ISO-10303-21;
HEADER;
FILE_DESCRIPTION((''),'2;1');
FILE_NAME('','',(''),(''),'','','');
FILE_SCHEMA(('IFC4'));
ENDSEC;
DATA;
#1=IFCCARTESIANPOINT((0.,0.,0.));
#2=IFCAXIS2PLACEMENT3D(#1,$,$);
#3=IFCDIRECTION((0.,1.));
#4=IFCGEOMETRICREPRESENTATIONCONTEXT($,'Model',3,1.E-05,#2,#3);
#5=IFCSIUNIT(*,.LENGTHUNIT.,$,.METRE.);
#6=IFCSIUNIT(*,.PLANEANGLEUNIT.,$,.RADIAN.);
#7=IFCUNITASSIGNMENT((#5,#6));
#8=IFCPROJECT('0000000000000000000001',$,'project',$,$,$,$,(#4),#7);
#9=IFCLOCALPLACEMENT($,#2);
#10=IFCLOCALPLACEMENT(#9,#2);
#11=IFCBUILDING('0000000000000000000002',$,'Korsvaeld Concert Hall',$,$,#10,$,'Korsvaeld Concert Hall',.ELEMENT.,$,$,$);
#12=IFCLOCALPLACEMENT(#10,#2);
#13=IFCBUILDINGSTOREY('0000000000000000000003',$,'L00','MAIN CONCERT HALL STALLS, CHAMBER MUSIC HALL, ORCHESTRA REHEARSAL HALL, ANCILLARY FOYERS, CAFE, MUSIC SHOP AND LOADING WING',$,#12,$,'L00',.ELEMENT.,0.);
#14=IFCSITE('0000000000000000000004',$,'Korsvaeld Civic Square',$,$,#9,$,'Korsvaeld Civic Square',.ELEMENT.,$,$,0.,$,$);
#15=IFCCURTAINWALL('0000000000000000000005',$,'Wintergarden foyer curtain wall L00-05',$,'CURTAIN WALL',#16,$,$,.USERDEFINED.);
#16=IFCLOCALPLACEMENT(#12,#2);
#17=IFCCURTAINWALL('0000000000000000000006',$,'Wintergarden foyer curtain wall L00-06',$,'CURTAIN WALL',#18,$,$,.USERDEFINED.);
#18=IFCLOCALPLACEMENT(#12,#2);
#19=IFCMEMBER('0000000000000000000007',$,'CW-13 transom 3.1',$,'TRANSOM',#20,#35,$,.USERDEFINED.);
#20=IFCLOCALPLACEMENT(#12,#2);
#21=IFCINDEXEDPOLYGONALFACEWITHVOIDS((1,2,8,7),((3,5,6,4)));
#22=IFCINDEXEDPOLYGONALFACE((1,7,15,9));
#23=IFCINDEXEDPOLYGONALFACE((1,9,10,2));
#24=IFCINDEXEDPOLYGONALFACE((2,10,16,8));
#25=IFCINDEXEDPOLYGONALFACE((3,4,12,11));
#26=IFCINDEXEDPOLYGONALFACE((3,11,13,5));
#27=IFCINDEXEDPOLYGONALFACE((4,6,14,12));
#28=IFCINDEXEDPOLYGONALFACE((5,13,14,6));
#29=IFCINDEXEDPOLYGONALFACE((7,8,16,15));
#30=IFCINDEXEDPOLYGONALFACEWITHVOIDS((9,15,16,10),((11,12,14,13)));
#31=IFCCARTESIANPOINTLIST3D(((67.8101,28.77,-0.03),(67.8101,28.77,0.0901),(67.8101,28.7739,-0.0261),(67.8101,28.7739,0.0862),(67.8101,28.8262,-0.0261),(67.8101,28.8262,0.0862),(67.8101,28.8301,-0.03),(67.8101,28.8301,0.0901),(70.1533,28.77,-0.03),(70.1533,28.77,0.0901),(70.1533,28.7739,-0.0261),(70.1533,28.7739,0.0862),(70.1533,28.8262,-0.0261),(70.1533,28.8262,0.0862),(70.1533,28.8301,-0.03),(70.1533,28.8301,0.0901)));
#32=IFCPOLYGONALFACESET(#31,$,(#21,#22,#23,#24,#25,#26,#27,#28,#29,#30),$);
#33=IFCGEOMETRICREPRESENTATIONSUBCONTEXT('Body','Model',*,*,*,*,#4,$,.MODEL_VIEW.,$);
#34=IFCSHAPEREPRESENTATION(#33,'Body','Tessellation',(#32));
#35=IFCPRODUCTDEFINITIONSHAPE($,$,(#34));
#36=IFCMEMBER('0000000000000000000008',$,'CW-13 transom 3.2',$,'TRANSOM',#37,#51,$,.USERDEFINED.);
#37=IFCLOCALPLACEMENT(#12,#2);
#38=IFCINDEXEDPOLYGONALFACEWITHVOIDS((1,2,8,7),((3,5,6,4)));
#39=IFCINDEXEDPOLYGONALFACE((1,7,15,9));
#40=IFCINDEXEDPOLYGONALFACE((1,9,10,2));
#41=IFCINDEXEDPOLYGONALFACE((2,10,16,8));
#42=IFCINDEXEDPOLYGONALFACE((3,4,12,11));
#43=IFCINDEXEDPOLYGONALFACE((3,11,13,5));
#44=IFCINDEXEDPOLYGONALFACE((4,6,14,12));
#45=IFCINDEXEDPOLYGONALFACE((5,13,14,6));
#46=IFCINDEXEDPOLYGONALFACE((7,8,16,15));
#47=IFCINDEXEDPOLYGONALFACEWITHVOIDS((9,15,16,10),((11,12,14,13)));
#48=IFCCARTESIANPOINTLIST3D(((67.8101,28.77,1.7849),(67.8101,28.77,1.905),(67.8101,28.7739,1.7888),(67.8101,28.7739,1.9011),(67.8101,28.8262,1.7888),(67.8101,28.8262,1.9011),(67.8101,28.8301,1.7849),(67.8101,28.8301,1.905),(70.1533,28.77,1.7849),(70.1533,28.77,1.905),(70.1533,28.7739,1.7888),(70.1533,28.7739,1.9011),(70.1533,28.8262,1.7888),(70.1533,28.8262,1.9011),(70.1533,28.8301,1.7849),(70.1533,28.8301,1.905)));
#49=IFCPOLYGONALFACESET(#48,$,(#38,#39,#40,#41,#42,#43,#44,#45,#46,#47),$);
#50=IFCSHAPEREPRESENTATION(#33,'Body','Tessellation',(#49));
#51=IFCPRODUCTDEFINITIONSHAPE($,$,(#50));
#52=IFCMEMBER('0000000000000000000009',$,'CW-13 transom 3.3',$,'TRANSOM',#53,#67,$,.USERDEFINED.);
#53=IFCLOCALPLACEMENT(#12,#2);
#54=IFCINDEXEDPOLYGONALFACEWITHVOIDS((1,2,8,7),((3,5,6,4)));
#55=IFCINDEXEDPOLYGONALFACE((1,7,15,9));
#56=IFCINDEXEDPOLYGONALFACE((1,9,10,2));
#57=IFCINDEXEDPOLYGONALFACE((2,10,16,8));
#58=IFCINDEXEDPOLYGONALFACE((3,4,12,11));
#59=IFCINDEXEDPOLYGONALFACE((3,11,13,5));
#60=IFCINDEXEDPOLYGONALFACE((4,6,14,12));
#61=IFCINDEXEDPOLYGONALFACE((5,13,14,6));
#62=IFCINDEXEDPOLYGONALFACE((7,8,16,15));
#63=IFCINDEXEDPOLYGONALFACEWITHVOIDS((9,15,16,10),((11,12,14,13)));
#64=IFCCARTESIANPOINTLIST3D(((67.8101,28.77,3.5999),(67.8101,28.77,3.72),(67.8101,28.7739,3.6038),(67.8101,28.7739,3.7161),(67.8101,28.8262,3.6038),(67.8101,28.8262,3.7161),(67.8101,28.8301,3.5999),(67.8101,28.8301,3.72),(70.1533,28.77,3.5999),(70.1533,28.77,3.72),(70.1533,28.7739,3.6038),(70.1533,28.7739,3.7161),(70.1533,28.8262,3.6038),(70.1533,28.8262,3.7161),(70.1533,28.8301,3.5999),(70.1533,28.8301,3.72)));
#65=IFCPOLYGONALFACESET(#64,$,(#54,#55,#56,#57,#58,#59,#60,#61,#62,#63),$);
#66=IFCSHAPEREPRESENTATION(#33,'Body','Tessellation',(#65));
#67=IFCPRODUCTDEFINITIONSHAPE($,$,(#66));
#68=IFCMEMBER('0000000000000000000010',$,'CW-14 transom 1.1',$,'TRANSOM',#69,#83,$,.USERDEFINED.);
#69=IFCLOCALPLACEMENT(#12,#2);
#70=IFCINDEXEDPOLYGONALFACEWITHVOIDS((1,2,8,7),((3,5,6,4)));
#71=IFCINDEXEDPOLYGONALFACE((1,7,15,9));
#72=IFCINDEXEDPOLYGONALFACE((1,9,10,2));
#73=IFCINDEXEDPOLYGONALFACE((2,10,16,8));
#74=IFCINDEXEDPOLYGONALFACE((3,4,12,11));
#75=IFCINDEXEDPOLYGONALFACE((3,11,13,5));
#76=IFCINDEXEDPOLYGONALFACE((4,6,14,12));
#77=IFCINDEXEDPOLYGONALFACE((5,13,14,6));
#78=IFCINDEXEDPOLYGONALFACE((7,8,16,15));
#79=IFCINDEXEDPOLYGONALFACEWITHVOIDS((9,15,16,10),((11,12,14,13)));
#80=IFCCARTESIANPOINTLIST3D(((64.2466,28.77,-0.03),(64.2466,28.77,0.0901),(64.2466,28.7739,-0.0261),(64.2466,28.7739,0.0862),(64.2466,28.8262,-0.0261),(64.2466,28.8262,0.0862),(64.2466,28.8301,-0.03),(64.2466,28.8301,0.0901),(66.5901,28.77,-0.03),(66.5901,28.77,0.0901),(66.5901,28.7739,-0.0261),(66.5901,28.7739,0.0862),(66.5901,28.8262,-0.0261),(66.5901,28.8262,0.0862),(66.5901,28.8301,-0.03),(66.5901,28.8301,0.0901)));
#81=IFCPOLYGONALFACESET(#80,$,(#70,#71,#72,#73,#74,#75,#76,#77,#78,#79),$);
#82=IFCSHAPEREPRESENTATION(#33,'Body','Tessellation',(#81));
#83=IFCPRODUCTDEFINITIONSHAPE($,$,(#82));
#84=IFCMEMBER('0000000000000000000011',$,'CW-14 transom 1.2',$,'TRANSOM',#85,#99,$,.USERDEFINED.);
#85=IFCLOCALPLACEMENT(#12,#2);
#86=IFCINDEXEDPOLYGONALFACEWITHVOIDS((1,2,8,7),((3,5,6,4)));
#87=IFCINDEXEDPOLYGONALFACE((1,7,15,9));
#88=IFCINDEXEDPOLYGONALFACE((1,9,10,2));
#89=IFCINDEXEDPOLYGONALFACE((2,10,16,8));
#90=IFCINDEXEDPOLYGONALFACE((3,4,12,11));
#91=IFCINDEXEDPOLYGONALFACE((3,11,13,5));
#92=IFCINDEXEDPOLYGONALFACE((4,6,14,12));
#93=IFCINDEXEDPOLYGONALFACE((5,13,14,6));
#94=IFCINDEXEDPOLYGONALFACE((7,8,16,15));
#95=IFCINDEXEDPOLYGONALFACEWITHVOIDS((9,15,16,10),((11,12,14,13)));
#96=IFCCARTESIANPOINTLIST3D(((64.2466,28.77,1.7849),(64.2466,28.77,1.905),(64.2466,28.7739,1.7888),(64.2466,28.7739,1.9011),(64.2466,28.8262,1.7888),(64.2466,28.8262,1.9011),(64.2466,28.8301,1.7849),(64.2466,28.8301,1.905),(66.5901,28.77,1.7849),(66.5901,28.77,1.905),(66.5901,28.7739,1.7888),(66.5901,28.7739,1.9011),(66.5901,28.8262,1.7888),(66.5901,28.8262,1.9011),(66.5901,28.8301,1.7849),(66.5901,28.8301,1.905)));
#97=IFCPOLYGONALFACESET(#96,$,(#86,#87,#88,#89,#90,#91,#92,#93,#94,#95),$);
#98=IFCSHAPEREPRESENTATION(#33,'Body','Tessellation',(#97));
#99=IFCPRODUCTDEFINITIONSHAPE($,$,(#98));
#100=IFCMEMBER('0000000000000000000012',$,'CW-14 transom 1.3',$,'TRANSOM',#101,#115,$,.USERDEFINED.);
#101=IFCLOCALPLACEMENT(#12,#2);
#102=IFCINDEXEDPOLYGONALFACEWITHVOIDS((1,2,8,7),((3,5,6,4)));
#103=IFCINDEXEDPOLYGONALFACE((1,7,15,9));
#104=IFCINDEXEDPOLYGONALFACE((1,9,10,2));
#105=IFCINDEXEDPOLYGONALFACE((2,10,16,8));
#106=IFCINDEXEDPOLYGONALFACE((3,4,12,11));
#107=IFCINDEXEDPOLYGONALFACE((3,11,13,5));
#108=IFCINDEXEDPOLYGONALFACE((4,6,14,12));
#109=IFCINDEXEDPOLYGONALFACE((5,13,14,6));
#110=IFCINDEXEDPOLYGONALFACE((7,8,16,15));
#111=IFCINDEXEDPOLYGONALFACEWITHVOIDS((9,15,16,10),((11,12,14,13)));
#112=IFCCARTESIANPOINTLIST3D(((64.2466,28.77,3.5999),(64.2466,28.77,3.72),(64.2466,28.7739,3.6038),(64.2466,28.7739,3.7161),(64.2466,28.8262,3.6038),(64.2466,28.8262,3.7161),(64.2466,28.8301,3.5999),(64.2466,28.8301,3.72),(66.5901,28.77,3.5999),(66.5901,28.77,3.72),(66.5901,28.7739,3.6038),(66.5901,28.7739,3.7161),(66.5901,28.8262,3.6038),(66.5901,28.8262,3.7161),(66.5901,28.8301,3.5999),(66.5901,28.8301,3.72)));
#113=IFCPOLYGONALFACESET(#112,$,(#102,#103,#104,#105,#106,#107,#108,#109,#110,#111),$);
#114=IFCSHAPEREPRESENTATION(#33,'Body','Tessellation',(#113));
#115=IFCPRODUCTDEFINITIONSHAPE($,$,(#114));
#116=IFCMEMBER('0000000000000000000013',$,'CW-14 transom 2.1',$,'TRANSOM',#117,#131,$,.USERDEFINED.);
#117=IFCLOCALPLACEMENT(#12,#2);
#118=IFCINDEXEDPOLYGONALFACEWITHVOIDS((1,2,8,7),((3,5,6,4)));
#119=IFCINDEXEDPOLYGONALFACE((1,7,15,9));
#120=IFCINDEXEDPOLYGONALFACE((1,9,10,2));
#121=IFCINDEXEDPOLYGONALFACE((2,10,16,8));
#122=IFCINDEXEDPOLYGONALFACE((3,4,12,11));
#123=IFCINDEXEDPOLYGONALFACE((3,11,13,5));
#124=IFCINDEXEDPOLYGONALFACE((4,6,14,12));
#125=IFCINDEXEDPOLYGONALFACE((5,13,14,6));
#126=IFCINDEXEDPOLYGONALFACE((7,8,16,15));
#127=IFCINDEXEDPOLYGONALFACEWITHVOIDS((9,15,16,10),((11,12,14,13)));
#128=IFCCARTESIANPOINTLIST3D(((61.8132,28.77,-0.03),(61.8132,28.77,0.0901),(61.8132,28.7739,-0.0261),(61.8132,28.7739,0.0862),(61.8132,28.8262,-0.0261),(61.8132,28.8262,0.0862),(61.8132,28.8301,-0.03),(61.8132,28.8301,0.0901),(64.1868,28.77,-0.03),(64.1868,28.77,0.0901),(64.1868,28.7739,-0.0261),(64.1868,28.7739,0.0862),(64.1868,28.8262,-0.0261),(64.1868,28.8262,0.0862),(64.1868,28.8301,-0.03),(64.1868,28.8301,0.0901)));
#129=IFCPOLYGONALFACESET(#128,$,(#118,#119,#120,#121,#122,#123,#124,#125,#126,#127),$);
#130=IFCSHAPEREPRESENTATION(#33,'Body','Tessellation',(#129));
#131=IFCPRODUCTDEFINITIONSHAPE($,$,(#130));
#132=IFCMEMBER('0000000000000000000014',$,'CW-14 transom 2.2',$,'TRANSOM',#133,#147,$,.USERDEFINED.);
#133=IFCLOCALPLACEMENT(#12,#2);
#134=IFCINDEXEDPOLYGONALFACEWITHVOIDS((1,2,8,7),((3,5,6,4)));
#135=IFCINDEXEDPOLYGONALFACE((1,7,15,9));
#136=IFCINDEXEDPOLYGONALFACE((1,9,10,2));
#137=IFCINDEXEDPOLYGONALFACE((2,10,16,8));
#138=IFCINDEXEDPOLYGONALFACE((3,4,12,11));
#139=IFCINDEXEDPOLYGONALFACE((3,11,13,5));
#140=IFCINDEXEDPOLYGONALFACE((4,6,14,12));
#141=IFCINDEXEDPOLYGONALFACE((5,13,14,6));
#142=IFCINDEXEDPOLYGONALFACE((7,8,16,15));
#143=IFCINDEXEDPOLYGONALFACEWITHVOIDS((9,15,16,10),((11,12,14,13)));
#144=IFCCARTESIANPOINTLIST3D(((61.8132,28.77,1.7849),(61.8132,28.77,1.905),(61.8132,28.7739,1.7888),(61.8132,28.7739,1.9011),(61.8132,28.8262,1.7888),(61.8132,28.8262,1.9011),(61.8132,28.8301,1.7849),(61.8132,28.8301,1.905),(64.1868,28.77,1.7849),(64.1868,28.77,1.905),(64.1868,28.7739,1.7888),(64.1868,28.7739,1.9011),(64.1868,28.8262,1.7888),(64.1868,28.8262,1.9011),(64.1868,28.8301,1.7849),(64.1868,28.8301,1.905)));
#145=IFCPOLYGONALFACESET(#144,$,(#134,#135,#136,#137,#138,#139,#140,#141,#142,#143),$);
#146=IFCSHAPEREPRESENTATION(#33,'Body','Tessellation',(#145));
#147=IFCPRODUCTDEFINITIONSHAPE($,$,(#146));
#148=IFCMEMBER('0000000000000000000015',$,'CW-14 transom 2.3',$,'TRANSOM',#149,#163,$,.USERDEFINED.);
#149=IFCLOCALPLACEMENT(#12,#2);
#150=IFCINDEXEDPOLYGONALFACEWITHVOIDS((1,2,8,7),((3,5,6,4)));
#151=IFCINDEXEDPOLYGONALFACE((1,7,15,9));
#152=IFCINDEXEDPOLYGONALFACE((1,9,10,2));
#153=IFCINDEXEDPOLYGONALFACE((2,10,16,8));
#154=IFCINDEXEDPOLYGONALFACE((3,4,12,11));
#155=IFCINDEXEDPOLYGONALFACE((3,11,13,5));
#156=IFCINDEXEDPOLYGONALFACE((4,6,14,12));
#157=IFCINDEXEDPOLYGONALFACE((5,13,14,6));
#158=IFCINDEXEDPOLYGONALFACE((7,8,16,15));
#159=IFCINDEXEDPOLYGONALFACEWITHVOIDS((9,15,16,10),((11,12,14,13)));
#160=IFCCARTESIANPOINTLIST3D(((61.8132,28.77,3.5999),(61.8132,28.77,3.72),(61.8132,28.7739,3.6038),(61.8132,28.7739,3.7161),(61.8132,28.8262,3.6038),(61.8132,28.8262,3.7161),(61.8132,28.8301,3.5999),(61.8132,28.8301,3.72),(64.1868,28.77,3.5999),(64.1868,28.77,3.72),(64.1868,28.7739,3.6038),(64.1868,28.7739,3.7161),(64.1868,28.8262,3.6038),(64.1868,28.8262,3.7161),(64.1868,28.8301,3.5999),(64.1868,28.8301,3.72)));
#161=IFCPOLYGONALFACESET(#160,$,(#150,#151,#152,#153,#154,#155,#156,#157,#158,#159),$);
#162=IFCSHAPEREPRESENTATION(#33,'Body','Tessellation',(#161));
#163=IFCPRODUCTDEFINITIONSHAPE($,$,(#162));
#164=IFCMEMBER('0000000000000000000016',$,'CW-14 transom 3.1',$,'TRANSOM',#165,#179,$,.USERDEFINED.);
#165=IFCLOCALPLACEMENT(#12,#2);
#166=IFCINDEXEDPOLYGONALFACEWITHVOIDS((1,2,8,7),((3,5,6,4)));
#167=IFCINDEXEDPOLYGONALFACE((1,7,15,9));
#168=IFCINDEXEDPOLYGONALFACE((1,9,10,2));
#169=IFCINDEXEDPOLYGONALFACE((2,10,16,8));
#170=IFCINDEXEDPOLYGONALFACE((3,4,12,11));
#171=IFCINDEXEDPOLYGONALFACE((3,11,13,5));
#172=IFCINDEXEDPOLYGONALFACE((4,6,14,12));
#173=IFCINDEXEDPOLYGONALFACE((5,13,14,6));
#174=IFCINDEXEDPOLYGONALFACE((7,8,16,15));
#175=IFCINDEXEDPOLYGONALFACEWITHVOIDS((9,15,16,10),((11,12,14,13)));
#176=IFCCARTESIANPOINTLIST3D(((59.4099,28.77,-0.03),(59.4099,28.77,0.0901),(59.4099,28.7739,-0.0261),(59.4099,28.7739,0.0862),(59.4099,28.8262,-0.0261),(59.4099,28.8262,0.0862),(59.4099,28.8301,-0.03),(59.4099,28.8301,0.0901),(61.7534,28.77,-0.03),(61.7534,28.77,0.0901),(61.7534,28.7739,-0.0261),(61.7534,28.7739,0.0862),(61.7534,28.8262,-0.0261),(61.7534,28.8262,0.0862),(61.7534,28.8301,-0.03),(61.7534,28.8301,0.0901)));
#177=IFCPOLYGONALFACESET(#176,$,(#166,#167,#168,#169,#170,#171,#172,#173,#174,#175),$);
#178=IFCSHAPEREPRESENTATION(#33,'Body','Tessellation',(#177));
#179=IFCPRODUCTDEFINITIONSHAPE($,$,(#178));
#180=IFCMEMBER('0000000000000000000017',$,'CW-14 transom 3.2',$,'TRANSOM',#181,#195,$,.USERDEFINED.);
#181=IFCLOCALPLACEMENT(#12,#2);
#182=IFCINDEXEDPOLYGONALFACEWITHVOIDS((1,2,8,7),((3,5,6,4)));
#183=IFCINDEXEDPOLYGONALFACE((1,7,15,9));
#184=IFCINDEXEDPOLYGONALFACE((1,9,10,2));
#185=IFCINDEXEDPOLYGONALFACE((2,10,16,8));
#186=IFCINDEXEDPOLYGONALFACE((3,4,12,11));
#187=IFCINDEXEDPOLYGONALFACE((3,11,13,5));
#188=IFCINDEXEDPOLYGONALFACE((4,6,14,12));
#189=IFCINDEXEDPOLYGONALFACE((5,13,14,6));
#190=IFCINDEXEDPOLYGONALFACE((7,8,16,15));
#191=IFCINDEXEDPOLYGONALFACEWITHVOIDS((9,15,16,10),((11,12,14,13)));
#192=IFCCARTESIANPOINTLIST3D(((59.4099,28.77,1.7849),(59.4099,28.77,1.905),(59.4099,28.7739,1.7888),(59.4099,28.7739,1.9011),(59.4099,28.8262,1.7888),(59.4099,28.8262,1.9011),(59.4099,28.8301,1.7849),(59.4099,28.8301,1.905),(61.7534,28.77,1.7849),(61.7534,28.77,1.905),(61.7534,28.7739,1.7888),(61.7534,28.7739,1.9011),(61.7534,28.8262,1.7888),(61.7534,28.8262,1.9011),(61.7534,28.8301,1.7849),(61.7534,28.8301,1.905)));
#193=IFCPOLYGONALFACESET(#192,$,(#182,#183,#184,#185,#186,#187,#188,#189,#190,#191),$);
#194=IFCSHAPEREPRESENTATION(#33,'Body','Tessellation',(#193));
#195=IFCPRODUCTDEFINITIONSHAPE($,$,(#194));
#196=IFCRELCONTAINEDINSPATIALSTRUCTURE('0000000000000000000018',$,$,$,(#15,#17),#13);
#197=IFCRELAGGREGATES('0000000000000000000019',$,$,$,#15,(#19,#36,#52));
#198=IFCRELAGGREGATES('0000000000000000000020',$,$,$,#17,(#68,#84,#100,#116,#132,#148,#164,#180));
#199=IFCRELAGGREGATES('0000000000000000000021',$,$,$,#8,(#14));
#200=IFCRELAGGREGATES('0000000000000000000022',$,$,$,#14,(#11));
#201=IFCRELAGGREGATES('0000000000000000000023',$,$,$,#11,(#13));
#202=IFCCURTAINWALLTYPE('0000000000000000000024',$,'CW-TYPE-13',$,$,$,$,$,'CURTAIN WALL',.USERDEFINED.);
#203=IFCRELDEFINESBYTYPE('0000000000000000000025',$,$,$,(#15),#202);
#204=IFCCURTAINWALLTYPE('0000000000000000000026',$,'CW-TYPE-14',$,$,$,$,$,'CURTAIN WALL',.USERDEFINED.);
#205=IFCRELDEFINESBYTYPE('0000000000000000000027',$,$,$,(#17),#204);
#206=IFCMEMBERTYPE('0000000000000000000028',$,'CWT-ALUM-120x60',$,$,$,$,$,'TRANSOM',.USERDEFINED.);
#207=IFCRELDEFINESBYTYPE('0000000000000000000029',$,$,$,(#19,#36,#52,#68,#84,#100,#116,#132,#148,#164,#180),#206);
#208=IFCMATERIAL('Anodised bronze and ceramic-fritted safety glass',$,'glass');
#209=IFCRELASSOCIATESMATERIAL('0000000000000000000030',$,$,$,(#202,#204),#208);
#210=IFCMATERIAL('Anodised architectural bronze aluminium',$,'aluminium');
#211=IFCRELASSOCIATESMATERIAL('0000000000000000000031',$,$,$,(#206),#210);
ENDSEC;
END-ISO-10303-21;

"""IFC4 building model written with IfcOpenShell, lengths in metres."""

from ifc_helpers import new_model, si_unit, direction, frame, origin, origin_2d, place, context, subcontext, project, spatial, hollow_rectangle, extrude, material, material_profile, profile_set, type_object, element, aggregate, save


model = new_model("IFC4")

# Units and contexts
model_context = context("Model", 3, precision=1e-05, world=origin(), true_north=direction((0.0, 1.0)))
body_context = subcontext(model_context, "Body", "Model", "MODEL_VIEW")
ifc_project = project(units=[si_unit("LENGTHUNIT", "METRE"), si_unit("PLANEANGLEUNIT", "RADIAN")], contexts=[model_context])

# Site, building, storey
site_placement = place(None, origin())
site = spatial("IfcSite", under=ifc_project, at=site_placement, Name="Korsvaeld Civic Square", LongName="Korsvaeld Civic Square", CompositionType="ELEMENT", RefElevation=0.0)
building_placement = place(site_placement, origin())
building = spatial("IfcBuilding", under=site, at=building_placement, Name="Korsvaeld Concert Hall", LongName="Korsvaeld Concert Hall", CompositionType="ELEMENT")
storey_placement = place(building_placement, origin())
storey = spatial("IfcBuildingStorey", under=building, at=storey_placement, Name="L00", Description="MAIN CONCERT HALL STALLS, CHAMBER MUSIC HALL, ORCHESTRA REHEARSAL HALL, ANCILLARY FOYERS, CAFE, MUSIC SHOP AND LOADING WING", LongName="L00", CompositionType="ELEMENT", Elevation=0.0)

# Curtain walls
ifc_material_1 = material(Name="Anodised bronze and ceramic-fritted safety glass", Category="glass")
curtain_wall_type_1 = type_object("IfcCurtainWallType", Name="CW-TYPE-13", ElementType="CURTAIN WALL", PredefinedType="USERDEFINED", material=ifc_material_1)
curtain_wall_1_placement = place(storey_placement, origin())
curtain_wall_1 = element("IfcCurtainWall", 1, at=curtain_wall_1_placement, inside=storey, type_object=curtain_wall_type_1, Name="Wintergarden foyer curtain wall L00-05", ObjectType="CURTAIN WALL", PredefinedType="USERDEFINED")
ifc_material_2 = material(Name="Anodised architectural bronze aluminium", Category="aluminium")
curtain_wall_type_2 = type_object("IfcCurtainWallType", Name="CW-TYPE-14", ElementType="CURTAIN WALL", PredefinedType="USERDEFINED", material=ifc_material_1)
curtain_wall_2_placement = place(storey_placement, origin())
curtain_wall_2 = element("IfcCurtainWall", 2, at=curtain_wall_2_placement, inside=storey, type_object=curtain_wall_type_2, Name="Wintergarden foyer curtain wall L00-06", ObjectType="CURTAIN WALL", PredefinedType="USERDEFINED")

# Members
ifc_material_profile_1 = material_profile(ifc_material_2, hollow_rectangle(XDim=0.0601, YDim=0.1201, WallThickness=0.0039, at=origin_2d()), Name="CWT 120x60x4")
ifc_profile_set_1 = profile_set([ifc_material_profile_1], Name="Anodised architectural bronze aluminium")
member_type_1 = type_object("IfcMemberType", Name="CWT-ALUM-120x60", ElementType="TRANSOM", PredefinedType="USERDEFINED", material=ifc_profile_set_1)
member_1_placement = place(storey_placement, frame((70.1533, 28.8, 0.03), z_axis=(-1.0, 0.0, 0.0), x_axis=(0.0, -1.0, 0.0)))
member_1 = element("IfcMember", 3, at=member_1_placement, type_object=member_type_1, Name="CW-13 transom 3.1", ObjectType="TRANSOM", PredefinedType="USERDEFINED", context=body_context, shape_type="SweptSolid", body=[
    extrude(hollow_rectangle(XDim=0.0601, YDim=0.1201, WallThickness=0.0039, at=origin_2d()), origin(), (0.0, 0.0, 1.0), 2.3433),
])
member_2_placement = place(storey_placement, frame((70.1533, 28.8, 1.845), z_axis=(-1.0, 0.0, 0.0), x_axis=(0.0, -1.0, 0.0)))
member_2 = element("IfcMember", 4, at=member_2_placement, type_object=member_type_1, Name="CW-13 transom 3.2", ObjectType="TRANSOM", PredefinedType="USERDEFINED", context=body_context, shape_type="SweptSolid", body=[
    extrude(hollow_rectangle(XDim=0.0601, YDim=0.1201, WallThickness=0.0039, at=origin_2d()), origin(), (0.0, 0.0, 1.0), 2.3433),
])
member_3_placement = place(storey_placement, frame((70.1533, 28.8, 3.6599), z_axis=(-1.0, 0.0, 0.0), x_axis=(0.0, -1.0, 0.0)))
member_3 = element("IfcMember", 5, at=member_3_placement, type_object=member_type_1, Name="CW-13 transom 3.3", ObjectType="TRANSOM", PredefinedType="USERDEFINED", context=body_context, shape_type="SweptSolid", body=[
    extrude(hollow_rectangle(XDim=0.0601, YDim=0.1201, WallThickness=0.0039, at=origin_2d()), origin(), (0.0, 0.0, 1.0), 2.3433),
])
member_4_placement = place(storey_placement, frame((66.5901, 28.8, 0.03), z_axis=(-1.0, 0.0, 0.0), x_axis=(0.0, -1.0, 0.0)))
member_4 = element("IfcMember", 6, at=member_4_placement, type_object=member_type_1, Name="CW-14 transom 1.1", ObjectType="TRANSOM", PredefinedType="USERDEFINED", context=body_context, shape_type="SweptSolid", body=[
    extrude(hollow_rectangle(XDim=0.0601, YDim=0.1201, WallThickness=0.0039, at=origin_2d()), origin(), (0.0, 0.0, 1.0), 2.3435),
])
member_5_placement = place(storey_placement, frame((66.5901, 28.8, 1.845), z_axis=(-1.0, 0.0, 0.0), x_axis=(0.0, -1.0, 0.0)))
member_5 = element("IfcMember", 7, at=member_5_placement, type_object=member_type_1, Name="CW-14 transom 1.2", ObjectType="TRANSOM", PredefinedType="USERDEFINED", context=body_context, shape_type="SweptSolid", body=[
    extrude(hollow_rectangle(XDim=0.0601, YDim=0.1201, WallThickness=0.0039, at=origin_2d()), origin(), (0.0, 0.0, 1.0), 2.3435),
])
member_6_placement = place(storey_placement, frame((66.5901, 28.8, 3.6599), z_axis=(-1.0, 0.0, 0.0), x_axis=(0.0, -1.0, 0.0)))
member_6 = element("IfcMember", 8, at=member_6_placement, type_object=member_type_1, Name="CW-14 transom 1.3", ObjectType="TRANSOM", PredefinedType="USERDEFINED", context=body_context, shape_type="SweptSolid", body=[
    extrude(hollow_rectangle(XDim=0.0601, YDim=0.1201, WallThickness=0.0039, at=origin_2d()), origin(), (0.0, 0.0, 1.0), 2.3435),
])
member_7_placement = place(storey_placement, frame((64.1868, 28.8, 0.03), z_axis=(-1.0, 0.0, 0.0), x_axis=(0.0, -1.0, 0.0)))
member_7 = element("IfcMember", 9, at=member_7_placement, type_object=member_type_1, Name="CW-14 transom 2.1", ObjectType="TRANSOM", PredefinedType="USERDEFINED", context=body_context, shape_type="SweptSolid", body=[
    extrude(hollow_rectangle(XDim=0.0601, YDim=0.1201, WallThickness=0.0039, at=origin_2d()), origin(), (0.0, 0.0, 1.0), 2.3735),
])
member_8_placement = place(storey_placement, frame((64.1868, 28.8, 1.845), z_axis=(-1.0, 0.0, 0.0), x_axis=(0.0, -1.0, 0.0)))
member_8 = element("IfcMember", 10, at=member_8_placement, type_object=member_type_1, Name="CW-14 transom 2.2", ObjectType="TRANSOM", PredefinedType="USERDEFINED", context=body_context, shape_type="SweptSolid", body=[
    extrude(hollow_rectangle(XDim=0.0601, YDim=0.1201, WallThickness=0.0039, at=origin_2d()), origin(), (0.0, 0.0, 1.0), 2.3735),
])
member_9_placement = place(storey_placement, frame((64.1868, 28.8, 3.6599), z_axis=(-1.0, 0.0, 0.0), x_axis=(0.0, -1.0, 0.0)))
member_9 = element("IfcMember", 11, at=member_9_placement, type_object=member_type_1, Name="CW-14 transom 2.3", ObjectType="TRANSOM", PredefinedType="USERDEFINED", context=body_context, shape_type="SweptSolid", body=[
    extrude(hollow_rectangle(XDim=0.0601, YDim=0.1201, WallThickness=0.0039, at=origin_2d()), origin(), (0.0, 0.0, 1.0), 2.3735),
])
member_10_placement = place(storey_placement, frame((61.7534, 28.8, 0.03), z_axis=(-1.0, 0.0, 0.0), x_axis=(0.0, -1.0, 0.0)))
member_10 = element("IfcMember", 12, at=member_10_placement, type_object=member_type_1, Name="CW-14 transom 3.1", ObjectType="TRANSOM", PredefinedType="USERDEFINED", context=body_context, shape_type="SweptSolid", body=[
    extrude(hollow_rectangle(XDim=0.0601, YDim=0.1201, WallThickness=0.0039, at=origin_2d()), origin(), (0.0, 0.0, 1.0), 2.3435),
])
member_11_placement = place(storey_placement, frame((61.7534, 28.8, 1.845), z_axis=(-1.0, 0.0, 0.0), x_axis=(0.0, -1.0, 0.0)))
member_11 = element("IfcMember", 13, at=member_11_placement, type_object=member_type_1, Name="CW-14 transom 3.2", ObjectType="TRANSOM", PredefinedType="USERDEFINED", context=body_context, shape_type="SweptSolid", body=[
    extrude(hollow_rectangle(XDim=0.0601, YDim=0.1201, WallThickness=0.0039, at=origin_2d()), origin(), (0.0, 0.0, 1.0), 2.3435),
])

aggregate(curtain_wall_1, [member_1, member_2, member_3])
aggregate(curtain_wall_2, [member_4, member_5, member_6, member_7, member_8, member_9, member_10, member_11])

save(model, "model.ifc")
